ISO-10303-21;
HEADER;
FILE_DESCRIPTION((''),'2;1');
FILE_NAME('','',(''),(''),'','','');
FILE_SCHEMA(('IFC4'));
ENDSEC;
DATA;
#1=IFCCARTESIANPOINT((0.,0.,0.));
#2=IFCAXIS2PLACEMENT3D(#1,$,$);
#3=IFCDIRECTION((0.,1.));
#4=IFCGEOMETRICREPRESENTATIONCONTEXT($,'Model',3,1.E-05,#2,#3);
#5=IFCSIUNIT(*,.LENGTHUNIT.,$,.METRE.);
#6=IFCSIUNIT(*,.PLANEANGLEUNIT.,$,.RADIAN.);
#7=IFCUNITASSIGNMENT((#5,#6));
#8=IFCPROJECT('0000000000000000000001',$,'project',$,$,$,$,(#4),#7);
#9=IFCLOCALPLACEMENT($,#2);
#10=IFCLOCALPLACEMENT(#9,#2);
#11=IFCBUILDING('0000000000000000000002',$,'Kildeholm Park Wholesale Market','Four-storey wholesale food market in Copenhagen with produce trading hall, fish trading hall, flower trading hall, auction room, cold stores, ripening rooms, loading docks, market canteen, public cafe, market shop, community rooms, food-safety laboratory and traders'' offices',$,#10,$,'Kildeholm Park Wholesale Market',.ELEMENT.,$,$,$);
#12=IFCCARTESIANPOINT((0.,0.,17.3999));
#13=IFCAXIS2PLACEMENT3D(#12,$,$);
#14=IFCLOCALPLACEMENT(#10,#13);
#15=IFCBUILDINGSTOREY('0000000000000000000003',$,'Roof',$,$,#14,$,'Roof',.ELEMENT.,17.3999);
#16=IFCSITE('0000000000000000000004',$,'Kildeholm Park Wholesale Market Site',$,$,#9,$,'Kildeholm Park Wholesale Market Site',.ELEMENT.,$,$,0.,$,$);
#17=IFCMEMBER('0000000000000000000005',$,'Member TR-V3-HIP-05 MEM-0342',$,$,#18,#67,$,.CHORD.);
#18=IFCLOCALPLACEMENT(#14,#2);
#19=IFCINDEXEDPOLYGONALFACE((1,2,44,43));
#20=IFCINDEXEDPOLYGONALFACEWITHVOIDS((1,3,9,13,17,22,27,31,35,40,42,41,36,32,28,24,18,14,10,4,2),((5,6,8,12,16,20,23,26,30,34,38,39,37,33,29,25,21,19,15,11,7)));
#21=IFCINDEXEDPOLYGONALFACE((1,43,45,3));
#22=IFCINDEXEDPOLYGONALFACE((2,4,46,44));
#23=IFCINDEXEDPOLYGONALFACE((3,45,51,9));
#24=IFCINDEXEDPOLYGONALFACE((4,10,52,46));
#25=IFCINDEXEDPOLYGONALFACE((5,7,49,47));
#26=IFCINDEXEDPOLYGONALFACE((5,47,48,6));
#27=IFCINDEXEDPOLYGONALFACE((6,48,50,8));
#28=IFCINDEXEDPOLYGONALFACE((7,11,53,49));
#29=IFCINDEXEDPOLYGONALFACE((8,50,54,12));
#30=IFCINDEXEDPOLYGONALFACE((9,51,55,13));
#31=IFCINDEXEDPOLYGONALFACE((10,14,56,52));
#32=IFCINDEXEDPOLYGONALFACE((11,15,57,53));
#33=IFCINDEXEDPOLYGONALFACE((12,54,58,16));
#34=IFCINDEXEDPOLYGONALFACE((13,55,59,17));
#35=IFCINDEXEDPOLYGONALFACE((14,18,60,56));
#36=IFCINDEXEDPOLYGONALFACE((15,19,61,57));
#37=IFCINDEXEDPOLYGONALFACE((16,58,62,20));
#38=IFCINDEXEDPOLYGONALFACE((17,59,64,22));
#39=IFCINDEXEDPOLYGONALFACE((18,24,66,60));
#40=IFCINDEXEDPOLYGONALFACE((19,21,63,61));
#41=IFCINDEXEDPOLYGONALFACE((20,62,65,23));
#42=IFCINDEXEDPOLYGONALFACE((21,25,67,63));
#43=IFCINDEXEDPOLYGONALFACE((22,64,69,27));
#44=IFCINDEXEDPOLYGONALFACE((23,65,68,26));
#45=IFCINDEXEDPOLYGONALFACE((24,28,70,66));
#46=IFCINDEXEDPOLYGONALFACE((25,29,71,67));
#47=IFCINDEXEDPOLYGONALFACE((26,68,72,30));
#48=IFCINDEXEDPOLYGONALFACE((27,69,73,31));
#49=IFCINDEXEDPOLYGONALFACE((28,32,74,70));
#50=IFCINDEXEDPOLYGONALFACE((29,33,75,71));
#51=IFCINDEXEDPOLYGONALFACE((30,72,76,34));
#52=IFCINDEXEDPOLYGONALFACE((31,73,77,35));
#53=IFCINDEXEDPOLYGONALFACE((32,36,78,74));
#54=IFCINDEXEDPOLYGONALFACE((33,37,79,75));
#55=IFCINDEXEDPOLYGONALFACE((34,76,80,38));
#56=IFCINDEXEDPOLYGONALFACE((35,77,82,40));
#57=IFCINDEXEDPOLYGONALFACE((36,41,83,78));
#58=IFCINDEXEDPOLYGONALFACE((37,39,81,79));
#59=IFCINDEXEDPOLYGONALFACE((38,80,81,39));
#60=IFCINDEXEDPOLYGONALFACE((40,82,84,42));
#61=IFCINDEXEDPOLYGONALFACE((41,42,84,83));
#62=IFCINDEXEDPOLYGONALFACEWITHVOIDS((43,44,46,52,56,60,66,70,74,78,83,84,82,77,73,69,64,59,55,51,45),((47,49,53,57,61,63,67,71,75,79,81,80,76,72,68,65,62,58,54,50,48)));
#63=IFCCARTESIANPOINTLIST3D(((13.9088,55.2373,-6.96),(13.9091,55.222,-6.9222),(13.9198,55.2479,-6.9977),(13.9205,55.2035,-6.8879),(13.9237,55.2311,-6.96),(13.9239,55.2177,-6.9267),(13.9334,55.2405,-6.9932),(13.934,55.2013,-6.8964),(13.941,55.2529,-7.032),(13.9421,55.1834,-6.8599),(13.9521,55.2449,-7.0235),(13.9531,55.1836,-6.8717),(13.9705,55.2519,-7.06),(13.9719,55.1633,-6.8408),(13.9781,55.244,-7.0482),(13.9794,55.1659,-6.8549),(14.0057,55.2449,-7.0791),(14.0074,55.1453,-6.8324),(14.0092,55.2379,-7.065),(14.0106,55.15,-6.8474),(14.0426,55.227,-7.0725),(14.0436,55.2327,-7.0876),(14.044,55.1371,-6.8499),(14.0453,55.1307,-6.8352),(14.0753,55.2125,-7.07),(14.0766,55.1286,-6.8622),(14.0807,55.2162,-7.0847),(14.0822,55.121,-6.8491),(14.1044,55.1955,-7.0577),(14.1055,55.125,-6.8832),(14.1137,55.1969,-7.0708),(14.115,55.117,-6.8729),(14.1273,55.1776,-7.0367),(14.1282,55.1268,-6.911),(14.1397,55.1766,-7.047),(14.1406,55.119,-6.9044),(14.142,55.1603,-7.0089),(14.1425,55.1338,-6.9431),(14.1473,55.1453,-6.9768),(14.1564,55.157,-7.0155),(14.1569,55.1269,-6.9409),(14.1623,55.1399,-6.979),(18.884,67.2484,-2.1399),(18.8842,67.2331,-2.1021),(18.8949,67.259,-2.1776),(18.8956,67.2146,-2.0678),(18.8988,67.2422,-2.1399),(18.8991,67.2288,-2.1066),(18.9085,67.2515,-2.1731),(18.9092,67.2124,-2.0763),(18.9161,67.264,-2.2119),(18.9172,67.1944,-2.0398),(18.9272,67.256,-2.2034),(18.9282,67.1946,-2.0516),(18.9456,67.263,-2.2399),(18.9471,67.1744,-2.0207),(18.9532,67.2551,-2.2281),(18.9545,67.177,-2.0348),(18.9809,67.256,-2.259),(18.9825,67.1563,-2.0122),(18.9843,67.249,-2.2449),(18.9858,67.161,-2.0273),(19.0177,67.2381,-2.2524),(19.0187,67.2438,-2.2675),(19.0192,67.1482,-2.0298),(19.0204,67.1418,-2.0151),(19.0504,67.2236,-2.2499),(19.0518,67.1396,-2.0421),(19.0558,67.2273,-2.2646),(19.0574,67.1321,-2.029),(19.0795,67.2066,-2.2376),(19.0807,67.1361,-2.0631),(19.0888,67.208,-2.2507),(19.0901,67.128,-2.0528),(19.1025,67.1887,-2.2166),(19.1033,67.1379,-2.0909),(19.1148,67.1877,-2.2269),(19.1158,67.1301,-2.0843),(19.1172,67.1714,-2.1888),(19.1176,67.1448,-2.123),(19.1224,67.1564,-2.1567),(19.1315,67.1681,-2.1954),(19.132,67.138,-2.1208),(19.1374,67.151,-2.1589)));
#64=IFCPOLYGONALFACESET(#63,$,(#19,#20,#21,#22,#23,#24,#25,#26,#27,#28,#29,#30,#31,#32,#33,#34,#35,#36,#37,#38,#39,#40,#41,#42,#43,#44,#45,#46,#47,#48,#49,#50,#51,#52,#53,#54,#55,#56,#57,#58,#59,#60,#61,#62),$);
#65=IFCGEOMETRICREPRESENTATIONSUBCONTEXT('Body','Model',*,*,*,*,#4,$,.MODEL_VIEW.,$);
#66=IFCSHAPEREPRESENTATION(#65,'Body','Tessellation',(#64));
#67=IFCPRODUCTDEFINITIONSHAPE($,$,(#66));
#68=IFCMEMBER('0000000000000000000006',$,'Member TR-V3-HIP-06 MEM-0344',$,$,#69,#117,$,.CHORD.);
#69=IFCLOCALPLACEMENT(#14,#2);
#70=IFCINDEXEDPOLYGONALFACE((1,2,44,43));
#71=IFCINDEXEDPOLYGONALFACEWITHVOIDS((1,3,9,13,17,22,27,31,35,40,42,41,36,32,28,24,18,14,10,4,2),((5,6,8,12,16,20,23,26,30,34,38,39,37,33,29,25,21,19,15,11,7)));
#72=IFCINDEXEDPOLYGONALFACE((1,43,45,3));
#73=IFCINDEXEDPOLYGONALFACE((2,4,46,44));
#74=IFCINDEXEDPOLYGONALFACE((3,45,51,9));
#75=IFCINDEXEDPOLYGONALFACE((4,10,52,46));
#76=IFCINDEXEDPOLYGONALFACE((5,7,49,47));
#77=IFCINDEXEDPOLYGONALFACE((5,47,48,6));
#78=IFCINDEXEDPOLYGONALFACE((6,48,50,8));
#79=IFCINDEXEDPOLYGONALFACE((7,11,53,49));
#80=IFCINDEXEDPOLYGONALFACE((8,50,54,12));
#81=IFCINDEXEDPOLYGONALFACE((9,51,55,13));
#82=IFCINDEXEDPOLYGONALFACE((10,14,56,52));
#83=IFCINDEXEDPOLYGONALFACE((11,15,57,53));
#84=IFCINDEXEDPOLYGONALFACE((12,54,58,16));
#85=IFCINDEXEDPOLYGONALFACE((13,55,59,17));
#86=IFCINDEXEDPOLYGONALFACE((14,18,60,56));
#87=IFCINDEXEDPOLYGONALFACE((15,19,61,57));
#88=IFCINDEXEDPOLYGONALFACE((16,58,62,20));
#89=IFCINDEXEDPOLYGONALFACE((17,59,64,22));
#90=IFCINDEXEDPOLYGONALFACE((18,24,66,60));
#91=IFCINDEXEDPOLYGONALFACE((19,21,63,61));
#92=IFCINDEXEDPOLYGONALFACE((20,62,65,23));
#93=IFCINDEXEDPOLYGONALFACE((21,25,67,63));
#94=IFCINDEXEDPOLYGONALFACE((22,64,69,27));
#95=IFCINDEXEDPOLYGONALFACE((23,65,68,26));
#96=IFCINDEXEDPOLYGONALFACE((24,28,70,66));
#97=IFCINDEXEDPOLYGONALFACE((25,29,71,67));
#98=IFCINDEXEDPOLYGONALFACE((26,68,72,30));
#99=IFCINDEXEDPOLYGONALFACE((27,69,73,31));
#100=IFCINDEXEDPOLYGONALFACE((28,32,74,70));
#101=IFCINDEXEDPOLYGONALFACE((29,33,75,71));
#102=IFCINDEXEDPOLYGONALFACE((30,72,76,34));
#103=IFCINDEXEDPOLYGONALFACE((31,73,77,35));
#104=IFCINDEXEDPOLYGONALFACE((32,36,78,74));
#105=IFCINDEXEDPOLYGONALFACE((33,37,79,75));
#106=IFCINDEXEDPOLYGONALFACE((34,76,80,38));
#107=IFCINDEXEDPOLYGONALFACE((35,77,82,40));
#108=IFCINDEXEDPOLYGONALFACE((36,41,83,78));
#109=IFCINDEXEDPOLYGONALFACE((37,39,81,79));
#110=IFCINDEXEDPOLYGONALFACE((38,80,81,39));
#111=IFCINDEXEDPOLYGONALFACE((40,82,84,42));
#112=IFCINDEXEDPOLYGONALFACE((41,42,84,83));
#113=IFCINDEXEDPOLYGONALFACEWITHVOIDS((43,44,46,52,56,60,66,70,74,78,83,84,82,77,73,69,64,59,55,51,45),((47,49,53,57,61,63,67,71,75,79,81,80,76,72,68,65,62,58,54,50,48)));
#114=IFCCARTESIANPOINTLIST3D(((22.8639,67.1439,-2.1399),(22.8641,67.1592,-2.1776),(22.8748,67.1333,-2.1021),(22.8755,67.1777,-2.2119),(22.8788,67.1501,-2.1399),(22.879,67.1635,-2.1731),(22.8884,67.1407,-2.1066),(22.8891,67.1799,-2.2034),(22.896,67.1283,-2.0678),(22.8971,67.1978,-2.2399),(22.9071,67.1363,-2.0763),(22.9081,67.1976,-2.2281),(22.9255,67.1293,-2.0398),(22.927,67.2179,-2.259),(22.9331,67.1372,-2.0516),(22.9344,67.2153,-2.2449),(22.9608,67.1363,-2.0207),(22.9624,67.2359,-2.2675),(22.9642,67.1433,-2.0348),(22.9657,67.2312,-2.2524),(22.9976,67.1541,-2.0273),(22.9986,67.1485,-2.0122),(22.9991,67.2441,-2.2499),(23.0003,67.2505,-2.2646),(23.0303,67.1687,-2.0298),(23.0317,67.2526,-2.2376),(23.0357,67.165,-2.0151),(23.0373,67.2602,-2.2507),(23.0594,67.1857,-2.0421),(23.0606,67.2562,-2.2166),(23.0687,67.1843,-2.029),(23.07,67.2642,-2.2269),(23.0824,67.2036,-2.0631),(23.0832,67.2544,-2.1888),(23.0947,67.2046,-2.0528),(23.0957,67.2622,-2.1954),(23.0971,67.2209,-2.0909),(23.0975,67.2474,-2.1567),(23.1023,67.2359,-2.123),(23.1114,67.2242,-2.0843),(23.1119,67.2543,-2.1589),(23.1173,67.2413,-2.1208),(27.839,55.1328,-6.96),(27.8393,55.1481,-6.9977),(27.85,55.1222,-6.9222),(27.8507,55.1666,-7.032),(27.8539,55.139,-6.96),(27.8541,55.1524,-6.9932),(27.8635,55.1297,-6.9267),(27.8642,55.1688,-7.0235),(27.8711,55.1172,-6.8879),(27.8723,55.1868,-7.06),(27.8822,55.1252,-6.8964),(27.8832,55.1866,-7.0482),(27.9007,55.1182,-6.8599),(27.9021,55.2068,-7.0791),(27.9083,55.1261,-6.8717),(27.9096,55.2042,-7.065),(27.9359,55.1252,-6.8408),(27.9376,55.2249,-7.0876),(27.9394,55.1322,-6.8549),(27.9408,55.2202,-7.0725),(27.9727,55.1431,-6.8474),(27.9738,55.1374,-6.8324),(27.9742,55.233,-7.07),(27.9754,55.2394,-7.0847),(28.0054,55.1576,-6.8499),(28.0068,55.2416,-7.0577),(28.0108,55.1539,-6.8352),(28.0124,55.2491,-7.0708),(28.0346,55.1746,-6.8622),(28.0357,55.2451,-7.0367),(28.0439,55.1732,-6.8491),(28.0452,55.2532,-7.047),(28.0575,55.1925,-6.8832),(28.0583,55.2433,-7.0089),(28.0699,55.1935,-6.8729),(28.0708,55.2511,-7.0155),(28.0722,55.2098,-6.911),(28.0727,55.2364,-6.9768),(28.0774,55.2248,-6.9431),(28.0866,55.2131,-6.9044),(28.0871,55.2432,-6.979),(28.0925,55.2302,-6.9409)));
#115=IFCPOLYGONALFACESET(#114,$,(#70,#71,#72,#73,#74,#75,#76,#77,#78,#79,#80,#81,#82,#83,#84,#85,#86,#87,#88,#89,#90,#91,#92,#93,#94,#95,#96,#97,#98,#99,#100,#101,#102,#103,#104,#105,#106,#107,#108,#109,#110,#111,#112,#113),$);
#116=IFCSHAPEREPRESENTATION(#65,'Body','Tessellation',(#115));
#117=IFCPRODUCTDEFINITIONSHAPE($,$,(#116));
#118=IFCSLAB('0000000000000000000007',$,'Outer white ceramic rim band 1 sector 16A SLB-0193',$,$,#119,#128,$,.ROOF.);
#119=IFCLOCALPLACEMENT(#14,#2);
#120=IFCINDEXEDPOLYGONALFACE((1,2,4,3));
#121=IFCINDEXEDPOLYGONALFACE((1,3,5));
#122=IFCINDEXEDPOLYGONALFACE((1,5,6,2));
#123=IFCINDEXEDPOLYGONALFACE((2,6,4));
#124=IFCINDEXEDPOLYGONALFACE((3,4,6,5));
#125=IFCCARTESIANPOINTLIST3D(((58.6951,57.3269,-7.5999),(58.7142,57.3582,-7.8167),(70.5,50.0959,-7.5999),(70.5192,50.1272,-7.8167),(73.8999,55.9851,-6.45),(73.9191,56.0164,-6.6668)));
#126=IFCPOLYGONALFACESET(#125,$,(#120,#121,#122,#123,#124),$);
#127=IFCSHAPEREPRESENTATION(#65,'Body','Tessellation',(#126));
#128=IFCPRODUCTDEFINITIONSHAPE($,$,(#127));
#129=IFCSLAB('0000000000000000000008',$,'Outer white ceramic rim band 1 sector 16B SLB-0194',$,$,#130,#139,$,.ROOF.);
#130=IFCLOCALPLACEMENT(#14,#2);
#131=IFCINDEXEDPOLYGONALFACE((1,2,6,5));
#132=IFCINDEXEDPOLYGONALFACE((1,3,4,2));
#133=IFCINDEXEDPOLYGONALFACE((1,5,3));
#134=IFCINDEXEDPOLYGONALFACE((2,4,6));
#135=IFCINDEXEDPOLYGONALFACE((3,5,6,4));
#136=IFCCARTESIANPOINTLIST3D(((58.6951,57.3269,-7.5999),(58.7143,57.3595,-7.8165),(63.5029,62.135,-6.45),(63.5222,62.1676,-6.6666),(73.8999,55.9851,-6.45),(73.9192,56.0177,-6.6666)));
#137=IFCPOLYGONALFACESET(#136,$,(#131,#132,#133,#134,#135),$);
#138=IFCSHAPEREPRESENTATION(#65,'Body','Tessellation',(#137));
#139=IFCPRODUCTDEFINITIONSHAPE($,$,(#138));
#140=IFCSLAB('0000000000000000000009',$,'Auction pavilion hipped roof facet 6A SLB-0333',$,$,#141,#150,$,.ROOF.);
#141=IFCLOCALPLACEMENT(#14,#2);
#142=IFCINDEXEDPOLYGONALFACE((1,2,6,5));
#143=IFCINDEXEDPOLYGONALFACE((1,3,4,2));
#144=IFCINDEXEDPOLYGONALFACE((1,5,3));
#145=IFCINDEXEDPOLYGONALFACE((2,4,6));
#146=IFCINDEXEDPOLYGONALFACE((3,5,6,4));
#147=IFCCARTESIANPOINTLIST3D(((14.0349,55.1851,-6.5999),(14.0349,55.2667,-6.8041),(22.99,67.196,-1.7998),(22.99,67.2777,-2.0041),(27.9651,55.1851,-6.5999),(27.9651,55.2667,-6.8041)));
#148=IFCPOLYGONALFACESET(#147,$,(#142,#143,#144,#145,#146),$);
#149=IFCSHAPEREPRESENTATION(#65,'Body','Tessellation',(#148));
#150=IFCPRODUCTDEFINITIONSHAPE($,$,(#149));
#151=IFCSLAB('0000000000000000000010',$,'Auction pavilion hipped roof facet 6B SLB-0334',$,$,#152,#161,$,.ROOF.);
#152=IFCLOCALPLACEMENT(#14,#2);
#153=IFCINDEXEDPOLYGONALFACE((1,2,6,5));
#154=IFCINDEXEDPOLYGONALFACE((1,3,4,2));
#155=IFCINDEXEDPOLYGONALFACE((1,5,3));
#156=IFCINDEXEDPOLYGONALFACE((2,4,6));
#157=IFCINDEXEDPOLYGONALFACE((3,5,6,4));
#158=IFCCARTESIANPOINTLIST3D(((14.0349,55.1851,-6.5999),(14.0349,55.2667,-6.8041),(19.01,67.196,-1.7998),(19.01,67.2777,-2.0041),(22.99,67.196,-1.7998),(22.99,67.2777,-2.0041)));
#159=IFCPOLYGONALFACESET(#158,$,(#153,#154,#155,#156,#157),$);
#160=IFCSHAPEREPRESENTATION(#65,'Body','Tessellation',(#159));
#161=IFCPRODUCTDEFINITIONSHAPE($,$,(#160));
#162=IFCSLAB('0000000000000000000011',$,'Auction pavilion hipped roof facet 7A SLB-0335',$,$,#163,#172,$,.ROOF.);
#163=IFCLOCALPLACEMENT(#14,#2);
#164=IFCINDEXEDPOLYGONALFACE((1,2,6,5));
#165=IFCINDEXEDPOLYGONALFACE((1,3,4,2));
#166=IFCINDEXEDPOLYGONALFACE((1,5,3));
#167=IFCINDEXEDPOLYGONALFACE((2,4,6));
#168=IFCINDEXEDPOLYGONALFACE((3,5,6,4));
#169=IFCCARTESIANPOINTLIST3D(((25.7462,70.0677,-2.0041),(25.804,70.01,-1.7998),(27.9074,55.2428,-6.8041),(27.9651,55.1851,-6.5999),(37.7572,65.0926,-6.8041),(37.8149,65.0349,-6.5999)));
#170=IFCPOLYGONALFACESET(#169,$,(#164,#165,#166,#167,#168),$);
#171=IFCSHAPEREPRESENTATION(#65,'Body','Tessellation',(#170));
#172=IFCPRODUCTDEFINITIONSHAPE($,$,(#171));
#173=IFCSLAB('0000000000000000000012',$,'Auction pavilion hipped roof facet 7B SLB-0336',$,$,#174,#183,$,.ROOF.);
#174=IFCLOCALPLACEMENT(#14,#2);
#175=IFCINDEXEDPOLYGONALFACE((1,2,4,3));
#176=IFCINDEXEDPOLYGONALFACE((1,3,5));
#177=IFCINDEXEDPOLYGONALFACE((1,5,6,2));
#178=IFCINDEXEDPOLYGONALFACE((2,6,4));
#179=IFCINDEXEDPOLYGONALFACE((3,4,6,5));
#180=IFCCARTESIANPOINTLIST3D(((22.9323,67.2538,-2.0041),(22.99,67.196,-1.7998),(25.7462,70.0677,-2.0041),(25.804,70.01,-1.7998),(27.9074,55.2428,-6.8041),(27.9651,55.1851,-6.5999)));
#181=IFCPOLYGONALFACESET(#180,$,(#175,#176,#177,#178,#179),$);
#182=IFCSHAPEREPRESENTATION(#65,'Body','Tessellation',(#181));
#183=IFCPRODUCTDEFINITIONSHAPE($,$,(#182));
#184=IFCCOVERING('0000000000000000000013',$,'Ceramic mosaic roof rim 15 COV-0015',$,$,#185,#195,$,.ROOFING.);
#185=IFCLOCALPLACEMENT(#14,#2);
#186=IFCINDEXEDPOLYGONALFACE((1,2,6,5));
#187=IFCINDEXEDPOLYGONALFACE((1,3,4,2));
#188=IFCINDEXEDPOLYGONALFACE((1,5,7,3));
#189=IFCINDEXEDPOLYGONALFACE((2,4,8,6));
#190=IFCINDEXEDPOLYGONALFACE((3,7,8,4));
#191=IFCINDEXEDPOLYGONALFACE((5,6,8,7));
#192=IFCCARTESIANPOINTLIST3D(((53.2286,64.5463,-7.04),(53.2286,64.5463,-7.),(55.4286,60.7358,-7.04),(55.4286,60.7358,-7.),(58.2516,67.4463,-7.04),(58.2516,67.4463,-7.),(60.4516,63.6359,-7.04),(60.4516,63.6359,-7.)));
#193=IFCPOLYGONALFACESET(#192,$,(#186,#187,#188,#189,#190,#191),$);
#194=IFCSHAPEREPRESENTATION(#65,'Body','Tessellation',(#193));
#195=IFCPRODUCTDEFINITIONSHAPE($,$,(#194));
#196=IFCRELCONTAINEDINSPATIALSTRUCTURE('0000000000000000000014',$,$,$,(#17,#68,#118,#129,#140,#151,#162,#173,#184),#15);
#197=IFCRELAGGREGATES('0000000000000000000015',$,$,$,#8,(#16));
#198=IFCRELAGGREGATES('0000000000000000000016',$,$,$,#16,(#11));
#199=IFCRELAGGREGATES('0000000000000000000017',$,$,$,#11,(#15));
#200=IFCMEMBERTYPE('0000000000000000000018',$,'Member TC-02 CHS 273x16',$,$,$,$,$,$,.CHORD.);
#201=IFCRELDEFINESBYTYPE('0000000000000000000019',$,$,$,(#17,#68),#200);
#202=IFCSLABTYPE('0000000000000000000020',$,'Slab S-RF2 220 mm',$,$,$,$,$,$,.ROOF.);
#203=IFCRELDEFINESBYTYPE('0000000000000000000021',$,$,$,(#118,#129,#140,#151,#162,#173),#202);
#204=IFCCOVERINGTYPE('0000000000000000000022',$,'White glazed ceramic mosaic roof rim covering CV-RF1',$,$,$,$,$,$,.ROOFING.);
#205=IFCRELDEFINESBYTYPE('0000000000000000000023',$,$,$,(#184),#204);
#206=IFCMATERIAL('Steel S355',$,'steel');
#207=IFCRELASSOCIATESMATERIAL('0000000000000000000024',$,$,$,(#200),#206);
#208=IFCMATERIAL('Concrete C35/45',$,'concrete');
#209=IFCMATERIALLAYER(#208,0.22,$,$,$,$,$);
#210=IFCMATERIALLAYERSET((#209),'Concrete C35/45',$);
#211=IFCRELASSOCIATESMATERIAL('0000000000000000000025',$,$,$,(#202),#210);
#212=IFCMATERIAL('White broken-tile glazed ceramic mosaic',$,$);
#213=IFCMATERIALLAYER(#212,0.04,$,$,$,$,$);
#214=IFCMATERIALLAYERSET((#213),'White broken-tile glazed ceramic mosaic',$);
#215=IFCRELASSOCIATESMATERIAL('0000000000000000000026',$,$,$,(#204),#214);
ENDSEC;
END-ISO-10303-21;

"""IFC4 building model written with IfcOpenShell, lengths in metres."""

from ifc_helpers import new_model, si_unit, direction, frame, origin, origin_2d, place, context, subcontext, project, spatial, polyline, rectangle, hollow_circle, outline, extrude, material, layer, layer_set, material_profile, profile_set, type_object, element, save


model = new_model("IFC4")

# Units and contexts
model_context = context("Model", 3, precision=1e-05, world=origin(), true_north=direction((0.0, 1.0)))
body_context = subcontext(model_context, "Body", "Model", "MODEL_VIEW")
ifc_project = project(units=[si_unit("LENGTHUNIT", "METRE"), si_unit("PLANEANGLEUNIT", "RADIAN")], contexts=[model_context])

# Site, building, storey
site_placement = place(None, origin())
site = spatial("IfcSite", under=ifc_project, at=site_placement, Name="Kildeholm Park Wholesale Market Site", LongName="Kildeholm Park Wholesale Market Site", CompositionType="ELEMENT", RefElevation=0.0)
building_placement = place(site_placement, origin())
building = spatial("IfcBuilding", under=site, at=building_placement, Name="Kildeholm Park Wholesale Market", Description="Four-storey wholesale food market in Copenhagen with produce trading hall, fish trading hall, flower trading hall, auction room, cold stores, ripening rooms, loading docks, market canteen, public cafe, market shop, community rooms, food-safety laboratory and traders' offices", LongName="Kildeholm Park Wholesale Market", CompositionType="ELEMENT")
storey_placement = place(building_placement, frame((0.0, 0.0, 17.3999)))
storey = spatial("IfcBuildingStorey", under=building, at=storey_placement, Name="Roof", LongName="Roof", CompositionType="ELEMENT", Elevation=17.3999)

# Shared definitions
ifc_material_1 = material(Name="Steel S355", Category="steel")

# Members
ifc_material_profile_1 = material_profile(ifc_material_1, hollow_circle(Radius=0.1365, WallThickness=0.0161, at=origin_2d()), Name="CHS 273x16")
ifc_profile_set_1 = profile_set([ifc_material_profile_1], Name="Steel S355")
member_type_1 = type_object("IfcMemberType", Name="Member TC-02 CHS 273x16", PredefinedType="CHORD", material=ifc_profile_set_1)
for number, where, z_axis, x_axis, name in (
    (1, (14.0349, 55.1851, -6.96), (0.358815, 0.866258, 0.347634), (-0.92388, 0.382682, 0.0), "Member TR-V3-HIP-05 MEM-0342"),
    (2, (27.9651, 55.1851, -6.96), (-0.358815, 0.866258, 0.347634), (-0.92388, -0.382682, 0.0), "Member TR-V3-HIP-06 MEM-0344"),
):
    element("IfcMember", number, at=place(storey_placement, frame(where, z_axis=z_axis, x_axis=x_axis)), inside=storey, type_object=member_type_1, Name=name, PredefinedType="CHORD", context=body_context, shape_type="SweptSolid", body=[
        extrude(hollow_circle(Radius=0.1365, WallThickness=0.0161, at=origin_2d()), origin(), (0.0, 0.0, 1.0), 13.8655),
    ])

# Slabs
ifc_material_2 = material(Name="Concrete C35/45", Category="concrete")
ifc_layer_1 = layer(ifc_material_2, 0.22)
ifc_layer_set_1 = layer_set([ifc_layer_1], Name="Concrete C35/45")
slab_type = type_object("IfcSlabType", Name="Slab S-RF2 220 mm", PredefinedType="ROOF", material=ifc_layer_set_1)
slab_1_placement = place(storey_placement, frame((58.6951, 57.3269, -7.5999), z_axis=(-0.087119, -0.142227, 0.985993), x_axis=(0.85274, -0.522335, 0.0)))
element("IfcSlab", 3, at=slab_1_placement, inside=storey, type_object=slab_type, Name="Outer white ceramic rim band 1 sector 16A SLB-0193", PredefinedType="ROOF", context=body_context, shape_type="SweptSolid", body=[
    extrude(outline(polyline([(0.0, 0.0), (13.8435, 0.0), (13.6666, 6.8944), (0.0, 0.0)])), origin(), (0.0, 0.0, -1.0), 0.22),
])
slab_2_placement = place(storey_placement, frame((58.6951, 57.3269, -7.5999), z_axis=(-0.087564, -0.148035, 0.985098), x_axis=(0.993314, -0.087658, 0.075122)))
element("IfcSlab", 4, at=slab_2_placement, inside=storey, type_object=slab_type, Name="Outer white ceramic rim band 1 sector 16B SLB-0194", PredefinedType="ROOF", context=body_context, shape_type="SweptSolid", body=[
    extrude(outline(polyline([(0.0, 0.0), (15.3072, 0.0), (4.4406, 5.276), (0.0, 0.0)])), origin(), (0.0, 0.0, -1.0), 0.22),
])
slab_3_placement = place(storey_placement, frame((14.0349, 55.1851, -6.5999), z_axis=(0.0, -0.371101, 0.928592), x_axis=(1.0, 0.0, 0.0)))
element("IfcSlab", 5, at=slab_3_placement, inside=storey, type_object=slab_type, Name="Auction pavilion hipped roof facet 6A SLB-0333", PredefinedType="ROOF", context=body_context, shape_type="SweptSolid", body=[
    extrude(outline(polyline([(0.0, 0.0), (13.9302, 0.0), (8.9551, 12.9346), (0.0, 0.0)])), origin(), (0.0, 0.0, -1.0), 0.22),
])
slab_4_placement = place(storey_placement, frame((14.0349, 55.1851, -6.5999), z_axis=(0.0, -0.371101, 0.928592), x_axis=(0.569225, 0.763472, 0.305113)))
element("IfcSlab", 6, at=slab_4_placement, inside=storey, type_object=slab_type, Name="Auction pavilion hipped roof facet 6B SLB-0334", PredefinedType="ROOF", context=body_context, shape_type="SweptSolid", body=[
    extrude(outline(polyline([(0.0, 0.0), (15.7321, 0.0), (13.4666, 3.2723), (0.0, 0.0)])), origin(), (0.0, 0.0, -1.0), 0.22),
])
slab_5_placement = place(storey_placement, frame((27.9651, 55.1851, -6.5999), z_axis=(0.262408, -0.262408, 0.928592), x_axis=(0.707107, 0.707107, 0.0)))
element("IfcSlab", 7, at=slab_5_placement, inside=storey, type_object=slab_type, Name="Auction pavilion hipped roof facet 7A SLB-0335", PredefinedType="ROOF", context=body_context, shape_type="SweptSolid", body=[
    extrude(outline(polyline([(0.0, 0.0), (13.9298, 0.0), (8.9547, 12.9346), (0.0, 0.0)])), origin(), (0.0, 0.0, -1.0), 0.22),
])
slab_6_placement = place(storey_placement, frame((27.9651, 55.1851, -6.5999), z_axis=(0.262408, -0.262408, 0.928592), x_axis=(-0.137373, 0.942355, 0.305117)))
element("IfcSlab", 8, at=slab_6_placement, inside=storey, type_object=slab_type, Name="Auction pavilion hipped roof facet 7B SLB-0336", PredefinedType="ROOF", context=body_context, shape_type="SweptSolid", body=[
    extrude(outline(polyline([(0.0, 0.0), (15.7318, 0.0), (13.4666, 3.272), (0.0, 0.0)])), origin(), (0.0, 0.0, -1.0), 0.22),
])

# Covering
ifc_material_3 = material(Name="White broken-tile glazed ceramic mosaic")
ifc_layer_2 = layer(ifc_material_3, 0.04)
ifc_layer_set_2 = layer_set([ifc_layer_2], Name="White broken-tile glazed ceramic mosaic")
covering_type = type_object("IfcCoveringType", Name="White glazed ceramic mosaic roof rim covering CV-RF1", PredefinedType="ROOFING", material=ifc_layer_set_2)
covering_placement = place(storey_placement, frame((56.8401, 64.0911, -7.04), z_axis=(0.0, 0.0, 1.0), x_axis=(-0.866025, -0.5, 0.0)))
element("IfcCovering", 9, at=covering_placement, inside=storey, type_object=covering_type, Name="Ceramic mosaic roof rim 15 COV-0015", PredefinedType="ROOFING", context=body_context, shape_type="SweptSolid", body=[
    extrude(rectangle(XDim=5.8, YDim=4.3999, at=origin_2d()), origin(), (0.0, 0.0, 1.0), 0.04),
])

save(model, "model.ifc")
